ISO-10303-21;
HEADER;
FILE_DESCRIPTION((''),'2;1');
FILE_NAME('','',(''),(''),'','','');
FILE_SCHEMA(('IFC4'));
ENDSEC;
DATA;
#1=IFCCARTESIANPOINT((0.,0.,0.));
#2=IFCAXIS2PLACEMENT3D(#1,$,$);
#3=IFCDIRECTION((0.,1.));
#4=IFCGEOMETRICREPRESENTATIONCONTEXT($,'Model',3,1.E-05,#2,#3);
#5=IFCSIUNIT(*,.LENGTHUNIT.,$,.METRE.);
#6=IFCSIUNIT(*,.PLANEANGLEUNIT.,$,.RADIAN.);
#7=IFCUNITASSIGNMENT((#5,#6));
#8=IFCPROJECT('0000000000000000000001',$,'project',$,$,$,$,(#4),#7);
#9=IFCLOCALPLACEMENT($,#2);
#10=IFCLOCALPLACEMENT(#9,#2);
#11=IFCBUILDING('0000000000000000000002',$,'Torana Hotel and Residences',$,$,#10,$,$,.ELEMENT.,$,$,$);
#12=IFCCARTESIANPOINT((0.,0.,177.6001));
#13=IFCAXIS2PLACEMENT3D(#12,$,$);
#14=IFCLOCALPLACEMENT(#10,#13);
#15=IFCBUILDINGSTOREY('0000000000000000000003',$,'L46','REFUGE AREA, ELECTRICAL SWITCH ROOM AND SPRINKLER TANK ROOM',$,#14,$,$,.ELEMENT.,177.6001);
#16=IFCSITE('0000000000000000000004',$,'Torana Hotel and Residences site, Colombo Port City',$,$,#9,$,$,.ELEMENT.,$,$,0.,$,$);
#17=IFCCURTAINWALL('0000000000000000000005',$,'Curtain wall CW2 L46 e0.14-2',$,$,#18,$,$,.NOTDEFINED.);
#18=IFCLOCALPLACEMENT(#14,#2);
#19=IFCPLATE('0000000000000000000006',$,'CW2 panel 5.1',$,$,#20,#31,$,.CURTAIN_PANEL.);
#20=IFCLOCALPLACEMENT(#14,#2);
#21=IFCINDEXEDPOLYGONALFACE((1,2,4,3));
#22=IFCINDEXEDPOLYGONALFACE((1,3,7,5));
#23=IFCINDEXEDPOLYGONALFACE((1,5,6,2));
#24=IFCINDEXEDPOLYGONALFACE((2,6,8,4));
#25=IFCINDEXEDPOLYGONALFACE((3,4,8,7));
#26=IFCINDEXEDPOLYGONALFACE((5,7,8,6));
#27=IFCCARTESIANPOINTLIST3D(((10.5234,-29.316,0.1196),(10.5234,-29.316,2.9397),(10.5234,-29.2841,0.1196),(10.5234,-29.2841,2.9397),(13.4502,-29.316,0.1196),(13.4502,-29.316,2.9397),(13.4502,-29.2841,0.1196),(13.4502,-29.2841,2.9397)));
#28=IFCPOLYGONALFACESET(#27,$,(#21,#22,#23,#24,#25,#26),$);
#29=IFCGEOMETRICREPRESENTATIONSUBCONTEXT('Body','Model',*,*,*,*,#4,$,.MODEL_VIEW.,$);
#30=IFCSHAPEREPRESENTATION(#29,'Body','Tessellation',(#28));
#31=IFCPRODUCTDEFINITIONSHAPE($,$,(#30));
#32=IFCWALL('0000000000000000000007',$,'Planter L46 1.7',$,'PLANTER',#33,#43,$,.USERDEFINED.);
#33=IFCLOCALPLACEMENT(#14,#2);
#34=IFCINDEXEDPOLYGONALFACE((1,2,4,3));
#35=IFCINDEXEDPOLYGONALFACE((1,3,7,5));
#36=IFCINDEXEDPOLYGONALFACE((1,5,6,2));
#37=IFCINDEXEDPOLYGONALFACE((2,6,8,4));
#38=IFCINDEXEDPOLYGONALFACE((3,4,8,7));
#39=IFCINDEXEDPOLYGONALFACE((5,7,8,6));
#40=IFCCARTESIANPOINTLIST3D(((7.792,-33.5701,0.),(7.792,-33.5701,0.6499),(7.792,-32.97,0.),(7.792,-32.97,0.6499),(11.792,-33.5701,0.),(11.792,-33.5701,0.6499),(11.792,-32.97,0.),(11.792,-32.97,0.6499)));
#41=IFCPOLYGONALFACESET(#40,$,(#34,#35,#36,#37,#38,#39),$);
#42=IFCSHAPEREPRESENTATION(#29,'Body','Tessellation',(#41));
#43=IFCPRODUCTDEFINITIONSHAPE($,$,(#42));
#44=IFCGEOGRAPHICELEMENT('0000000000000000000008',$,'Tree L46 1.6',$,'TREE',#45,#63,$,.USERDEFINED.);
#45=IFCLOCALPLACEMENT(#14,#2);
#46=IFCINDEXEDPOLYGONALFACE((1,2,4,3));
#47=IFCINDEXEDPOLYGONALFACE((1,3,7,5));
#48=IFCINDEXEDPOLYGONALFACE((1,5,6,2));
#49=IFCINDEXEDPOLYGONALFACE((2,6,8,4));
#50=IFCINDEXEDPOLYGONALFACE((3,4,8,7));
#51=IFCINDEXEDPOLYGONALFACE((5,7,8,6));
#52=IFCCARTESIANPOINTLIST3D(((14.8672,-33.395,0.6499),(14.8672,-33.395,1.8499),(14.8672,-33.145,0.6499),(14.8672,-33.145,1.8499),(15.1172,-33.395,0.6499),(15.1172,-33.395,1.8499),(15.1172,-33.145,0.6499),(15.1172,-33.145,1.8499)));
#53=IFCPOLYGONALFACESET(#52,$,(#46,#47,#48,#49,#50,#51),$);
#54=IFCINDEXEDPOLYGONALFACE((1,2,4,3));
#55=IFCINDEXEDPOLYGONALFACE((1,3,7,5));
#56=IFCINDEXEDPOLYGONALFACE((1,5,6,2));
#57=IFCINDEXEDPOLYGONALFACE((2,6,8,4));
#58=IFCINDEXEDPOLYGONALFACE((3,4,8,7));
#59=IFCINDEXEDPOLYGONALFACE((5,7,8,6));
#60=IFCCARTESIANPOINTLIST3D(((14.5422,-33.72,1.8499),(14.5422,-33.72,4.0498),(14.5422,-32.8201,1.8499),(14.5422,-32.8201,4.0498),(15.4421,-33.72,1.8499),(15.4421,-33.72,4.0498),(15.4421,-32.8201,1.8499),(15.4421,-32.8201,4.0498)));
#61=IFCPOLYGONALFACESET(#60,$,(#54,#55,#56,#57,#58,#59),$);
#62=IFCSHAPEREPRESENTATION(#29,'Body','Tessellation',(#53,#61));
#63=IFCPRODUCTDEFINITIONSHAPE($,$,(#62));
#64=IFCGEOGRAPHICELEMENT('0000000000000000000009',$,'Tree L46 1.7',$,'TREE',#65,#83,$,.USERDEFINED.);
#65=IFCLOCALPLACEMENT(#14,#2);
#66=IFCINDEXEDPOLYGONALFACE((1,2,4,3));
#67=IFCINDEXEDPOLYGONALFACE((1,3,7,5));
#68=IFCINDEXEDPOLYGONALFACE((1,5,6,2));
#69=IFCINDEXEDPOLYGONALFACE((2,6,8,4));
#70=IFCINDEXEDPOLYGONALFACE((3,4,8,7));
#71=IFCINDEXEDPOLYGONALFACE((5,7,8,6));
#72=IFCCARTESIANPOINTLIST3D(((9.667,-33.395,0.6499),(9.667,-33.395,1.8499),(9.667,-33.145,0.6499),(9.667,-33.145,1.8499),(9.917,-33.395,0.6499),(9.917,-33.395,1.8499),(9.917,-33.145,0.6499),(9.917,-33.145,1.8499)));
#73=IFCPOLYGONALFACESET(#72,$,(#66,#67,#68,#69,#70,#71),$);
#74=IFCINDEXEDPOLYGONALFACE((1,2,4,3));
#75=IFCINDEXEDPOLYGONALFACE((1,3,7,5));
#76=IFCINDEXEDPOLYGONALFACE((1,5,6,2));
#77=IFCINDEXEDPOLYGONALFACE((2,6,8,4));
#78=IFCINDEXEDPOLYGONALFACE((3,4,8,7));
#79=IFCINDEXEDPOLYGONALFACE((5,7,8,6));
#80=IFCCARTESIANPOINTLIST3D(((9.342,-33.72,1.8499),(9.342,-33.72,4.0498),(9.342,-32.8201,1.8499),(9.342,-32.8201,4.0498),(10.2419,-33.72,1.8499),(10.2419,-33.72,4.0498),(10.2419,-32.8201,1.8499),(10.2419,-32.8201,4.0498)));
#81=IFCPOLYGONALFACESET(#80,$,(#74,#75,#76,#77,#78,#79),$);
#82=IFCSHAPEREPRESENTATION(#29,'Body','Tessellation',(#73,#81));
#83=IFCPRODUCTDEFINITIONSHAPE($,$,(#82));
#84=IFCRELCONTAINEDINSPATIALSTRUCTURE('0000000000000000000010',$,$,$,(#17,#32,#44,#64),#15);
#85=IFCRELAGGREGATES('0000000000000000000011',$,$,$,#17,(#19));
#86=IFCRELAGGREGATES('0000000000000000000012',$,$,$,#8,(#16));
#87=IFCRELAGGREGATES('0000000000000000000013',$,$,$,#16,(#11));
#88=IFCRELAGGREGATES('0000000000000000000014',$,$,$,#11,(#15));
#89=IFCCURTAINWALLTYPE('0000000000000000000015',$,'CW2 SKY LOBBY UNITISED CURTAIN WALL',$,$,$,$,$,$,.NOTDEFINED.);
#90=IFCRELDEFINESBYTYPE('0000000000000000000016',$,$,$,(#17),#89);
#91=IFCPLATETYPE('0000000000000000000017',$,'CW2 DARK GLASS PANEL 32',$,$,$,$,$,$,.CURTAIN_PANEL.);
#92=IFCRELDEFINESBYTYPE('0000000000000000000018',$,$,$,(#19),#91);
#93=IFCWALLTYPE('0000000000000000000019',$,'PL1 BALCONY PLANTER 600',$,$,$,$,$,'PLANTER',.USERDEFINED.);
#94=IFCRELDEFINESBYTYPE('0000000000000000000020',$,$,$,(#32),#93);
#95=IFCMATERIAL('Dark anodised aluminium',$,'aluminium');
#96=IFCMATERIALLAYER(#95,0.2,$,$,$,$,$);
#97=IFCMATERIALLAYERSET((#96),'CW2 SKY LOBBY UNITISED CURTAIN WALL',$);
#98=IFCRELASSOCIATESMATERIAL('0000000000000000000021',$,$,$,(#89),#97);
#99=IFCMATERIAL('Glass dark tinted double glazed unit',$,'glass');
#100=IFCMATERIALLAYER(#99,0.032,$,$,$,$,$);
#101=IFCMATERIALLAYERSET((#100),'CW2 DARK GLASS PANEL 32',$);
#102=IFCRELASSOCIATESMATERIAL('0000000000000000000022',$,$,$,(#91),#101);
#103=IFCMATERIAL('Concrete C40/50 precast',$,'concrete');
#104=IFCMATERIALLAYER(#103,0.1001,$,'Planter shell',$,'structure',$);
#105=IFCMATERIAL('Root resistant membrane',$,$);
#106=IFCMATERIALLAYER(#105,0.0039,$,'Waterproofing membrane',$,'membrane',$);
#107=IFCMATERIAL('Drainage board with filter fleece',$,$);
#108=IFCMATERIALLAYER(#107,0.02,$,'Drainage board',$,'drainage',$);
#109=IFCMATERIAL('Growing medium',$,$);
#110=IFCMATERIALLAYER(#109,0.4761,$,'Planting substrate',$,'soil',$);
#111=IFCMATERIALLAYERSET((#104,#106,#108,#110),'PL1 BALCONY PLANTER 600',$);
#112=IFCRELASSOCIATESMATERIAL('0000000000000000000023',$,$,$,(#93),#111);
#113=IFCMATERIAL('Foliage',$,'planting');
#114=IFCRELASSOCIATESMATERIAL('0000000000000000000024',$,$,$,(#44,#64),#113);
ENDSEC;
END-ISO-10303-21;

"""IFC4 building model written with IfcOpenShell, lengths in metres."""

from ifc_helpers import new_model, si_unit, direction, frame, frame_2d, origin, origin_2d, place, context, subcontext, project, spatial, rectangle, extrude, material, layer, layer_set, type_object, element, aggregate, save


model = new_model("IFC4")

# Units and contexts
model_context = context("Model", 3, precision=1e-05, world=origin(), true_north=direction((0.0, 1.0)))
body_context = subcontext(model_context, "Body", "Model", "MODEL_VIEW")
ifc_project = project(units=[si_unit("LENGTHUNIT", "METRE"), si_unit("PLANEANGLEUNIT", "RADIAN")], contexts=[model_context])

# Site, building, storey
site_placement = place(None, origin())
site = spatial("IfcSite", under=ifc_project, at=site_placement, Name="Torana Hotel and Residences site, Colombo Port City", CompositionType="ELEMENT", RefElevation=0.0)
building_placement = place(site_placement, origin())
building = spatial("IfcBuilding", under=site, at=building_placement, Name="Torana Hotel and Residences", CompositionType="ELEMENT")
storey_placement = place(building_placement, frame((0.0, 0.0, 177.6001)))
storey = spatial("IfcBuildingStorey", under=building, at=storey_placement, Name="L46", Description="REFUGE AREA, ELECTRICAL SWITCH ROOM AND SPRINKLER TANK ROOM", CompositionType="ELEMENT", Elevation=177.6001)

# Curtain wall
ifc_material_1 = material(Name="Dark anodised aluminium", Category="aluminium")
ifc_layer_1 = layer(ifc_material_1, 0.2)
ifc_layer_set_1 = layer_set([ifc_layer_1], Name="CW2 SKY LOBBY UNITISED CURTAIN WALL")
curtain_wall_type = type_object("IfcCurtainWallType", Name="CW2 SKY LOBBY UNITISED CURTAIN WALL", PredefinedType="NOTDEFINED", material=ifc_layer_set_1)
curtain_wall_placement = place(storey_placement, origin())
curtain_wall = element("IfcCurtainWall", 1, at=curtain_wall_placement, inside=storey, type_object=curtain_wall_type, Name="Curtain wall CW2 L46 e0.14-2", PredefinedType="NOTDEFINED")

# Plate
ifc_material_2 = material(Name="Glass dark tinted double glazed unit", Category="glass")
ifc_layer_2 = layer(ifc_material_2, 0.032)
ifc_layer_set_2 = layer_set([ifc_layer_2], Name="CW2 DARK GLASS PANEL 32")
plate_type = type_object("IfcPlateType", Name="CW2 DARK GLASS PANEL 32", PredefinedType="CURTAIN_PANEL", material=ifc_layer_set_2)
plate_1_placement = place(storey_placement, frame((11.9868, -29.3, 0.1196), z_axis=(0.0, 0.0, 1.0), x_axis=(1.0, 0.0, 0.0)))
plate_1 = element("IfcPlate", 2, at=plate_1_placement, type_object=plate_type, Name="CW2 panel 5.1", PredefinedType="CURTAIN_PANEL", context=body_context, shape_type="SweptSolid", body=[
    extrude(rectangle(XDim=2.9268, YDim=0.032, at=origin_2d()), origin(), (0.0, 0.0, 1.0), 2.8201),
])
aggregate(curtain_wall, [plate_1])

# Wall
ifc_material_3 = material(Name="Concrete C40/50 precast", Category="concrete")
ifc_layer_3 = layer(ifc_material_3, 0.1001, Name="Planter shell", Category="structure")
ifc_material_4 = material(Name="Root resistant membrane")
ifc_layer_4 = layer(ifc_material_4, 0.0039, Name="Waterproofing membrane", Category="membrane")
ifc_material_5 = material(Name="Drainage board with filter fleece")
ifc_layer_5 = layer(ifc_material_5, 0.02, Name="Drainage board", Category="drainage")
ifc_material_6 = material(Name="Growing medium")
ifc_layer_6 = layer(ifc_material_6, 0.4761, Name="Planting substrate", Category="soil")
ifc_layer_set_3 = layer_set([ifc_layer_3, ifc_layer_4, ifc_layer_5, ifc_layer_6], Name="PL1 BALCONY PLANTER 600")
wall_type = type_object("IfcWallType", Name="PL1 BALCONY PLANTER 600", ElementType="PLANTER", PredefinedType="USERDEFINED", material=ifc_layer_set_3)
wall_placement = place(storey_placement, frame((11.792, -33.27, 0.0), z_axis=(0.0, 0.0, 1.0), x_axis=(-1.0, 0.0, 0.0)))
element("IfcWall", 3, at=wall_placement, inside=storey, type_object=wall_type, Name="Planter L46 1.7", ObjectType="PLANTER", PredefinedType="USERDEFINED", context=body_context, shape_type="SweptSolid", body=[
    extrude(rectangle(XDim=4.0, YDim=0.6001, at=frame_2d((2.0, 0.0))), origin(), (0.0, 0.0, 1.0), 0.6499),
])

# Geographic elements
ifc_material_7 = material(Name="Foliage", Category="planting")
for number, where, z_axis, x_axis, name in (
    (4, (14.9922, -33.27, 0.6499), (0.0, 0.0, 1.0), (1.0, 0.0, 0.0), "Tree L46 1.6"),
    (5, (9.792, -33.27, 0.6499), (0.0, 0.0, 1.0), (1.0, 0.0, 0.0), "Tree L46 1.7"),
):
    element("IfcGeographicElement", number, at=place(storey_placement, frame(where, z_axis=z_axis, x_axis=x_axis)), inside=storey, material=ifc_material_7, Name=name, ObjectType="TREE", PredefinedType="USERDEFINED", context=body_context, shape_type="SweptSolid", body=[
        extrude(rectangle(XDim=0.25, YDim=0.25, at=origin_2d()), origin(), (0.0, 0.0, 1.0), 1.2),
        extrude(rectangle(XDim=0.8999, YDim=0.8999, at=origin_2d()), frame((0.0, 0.0, 1.2)), (0.0, 0.0, 1.0), 2.2),
    ])

save(model, "model.ifc")
